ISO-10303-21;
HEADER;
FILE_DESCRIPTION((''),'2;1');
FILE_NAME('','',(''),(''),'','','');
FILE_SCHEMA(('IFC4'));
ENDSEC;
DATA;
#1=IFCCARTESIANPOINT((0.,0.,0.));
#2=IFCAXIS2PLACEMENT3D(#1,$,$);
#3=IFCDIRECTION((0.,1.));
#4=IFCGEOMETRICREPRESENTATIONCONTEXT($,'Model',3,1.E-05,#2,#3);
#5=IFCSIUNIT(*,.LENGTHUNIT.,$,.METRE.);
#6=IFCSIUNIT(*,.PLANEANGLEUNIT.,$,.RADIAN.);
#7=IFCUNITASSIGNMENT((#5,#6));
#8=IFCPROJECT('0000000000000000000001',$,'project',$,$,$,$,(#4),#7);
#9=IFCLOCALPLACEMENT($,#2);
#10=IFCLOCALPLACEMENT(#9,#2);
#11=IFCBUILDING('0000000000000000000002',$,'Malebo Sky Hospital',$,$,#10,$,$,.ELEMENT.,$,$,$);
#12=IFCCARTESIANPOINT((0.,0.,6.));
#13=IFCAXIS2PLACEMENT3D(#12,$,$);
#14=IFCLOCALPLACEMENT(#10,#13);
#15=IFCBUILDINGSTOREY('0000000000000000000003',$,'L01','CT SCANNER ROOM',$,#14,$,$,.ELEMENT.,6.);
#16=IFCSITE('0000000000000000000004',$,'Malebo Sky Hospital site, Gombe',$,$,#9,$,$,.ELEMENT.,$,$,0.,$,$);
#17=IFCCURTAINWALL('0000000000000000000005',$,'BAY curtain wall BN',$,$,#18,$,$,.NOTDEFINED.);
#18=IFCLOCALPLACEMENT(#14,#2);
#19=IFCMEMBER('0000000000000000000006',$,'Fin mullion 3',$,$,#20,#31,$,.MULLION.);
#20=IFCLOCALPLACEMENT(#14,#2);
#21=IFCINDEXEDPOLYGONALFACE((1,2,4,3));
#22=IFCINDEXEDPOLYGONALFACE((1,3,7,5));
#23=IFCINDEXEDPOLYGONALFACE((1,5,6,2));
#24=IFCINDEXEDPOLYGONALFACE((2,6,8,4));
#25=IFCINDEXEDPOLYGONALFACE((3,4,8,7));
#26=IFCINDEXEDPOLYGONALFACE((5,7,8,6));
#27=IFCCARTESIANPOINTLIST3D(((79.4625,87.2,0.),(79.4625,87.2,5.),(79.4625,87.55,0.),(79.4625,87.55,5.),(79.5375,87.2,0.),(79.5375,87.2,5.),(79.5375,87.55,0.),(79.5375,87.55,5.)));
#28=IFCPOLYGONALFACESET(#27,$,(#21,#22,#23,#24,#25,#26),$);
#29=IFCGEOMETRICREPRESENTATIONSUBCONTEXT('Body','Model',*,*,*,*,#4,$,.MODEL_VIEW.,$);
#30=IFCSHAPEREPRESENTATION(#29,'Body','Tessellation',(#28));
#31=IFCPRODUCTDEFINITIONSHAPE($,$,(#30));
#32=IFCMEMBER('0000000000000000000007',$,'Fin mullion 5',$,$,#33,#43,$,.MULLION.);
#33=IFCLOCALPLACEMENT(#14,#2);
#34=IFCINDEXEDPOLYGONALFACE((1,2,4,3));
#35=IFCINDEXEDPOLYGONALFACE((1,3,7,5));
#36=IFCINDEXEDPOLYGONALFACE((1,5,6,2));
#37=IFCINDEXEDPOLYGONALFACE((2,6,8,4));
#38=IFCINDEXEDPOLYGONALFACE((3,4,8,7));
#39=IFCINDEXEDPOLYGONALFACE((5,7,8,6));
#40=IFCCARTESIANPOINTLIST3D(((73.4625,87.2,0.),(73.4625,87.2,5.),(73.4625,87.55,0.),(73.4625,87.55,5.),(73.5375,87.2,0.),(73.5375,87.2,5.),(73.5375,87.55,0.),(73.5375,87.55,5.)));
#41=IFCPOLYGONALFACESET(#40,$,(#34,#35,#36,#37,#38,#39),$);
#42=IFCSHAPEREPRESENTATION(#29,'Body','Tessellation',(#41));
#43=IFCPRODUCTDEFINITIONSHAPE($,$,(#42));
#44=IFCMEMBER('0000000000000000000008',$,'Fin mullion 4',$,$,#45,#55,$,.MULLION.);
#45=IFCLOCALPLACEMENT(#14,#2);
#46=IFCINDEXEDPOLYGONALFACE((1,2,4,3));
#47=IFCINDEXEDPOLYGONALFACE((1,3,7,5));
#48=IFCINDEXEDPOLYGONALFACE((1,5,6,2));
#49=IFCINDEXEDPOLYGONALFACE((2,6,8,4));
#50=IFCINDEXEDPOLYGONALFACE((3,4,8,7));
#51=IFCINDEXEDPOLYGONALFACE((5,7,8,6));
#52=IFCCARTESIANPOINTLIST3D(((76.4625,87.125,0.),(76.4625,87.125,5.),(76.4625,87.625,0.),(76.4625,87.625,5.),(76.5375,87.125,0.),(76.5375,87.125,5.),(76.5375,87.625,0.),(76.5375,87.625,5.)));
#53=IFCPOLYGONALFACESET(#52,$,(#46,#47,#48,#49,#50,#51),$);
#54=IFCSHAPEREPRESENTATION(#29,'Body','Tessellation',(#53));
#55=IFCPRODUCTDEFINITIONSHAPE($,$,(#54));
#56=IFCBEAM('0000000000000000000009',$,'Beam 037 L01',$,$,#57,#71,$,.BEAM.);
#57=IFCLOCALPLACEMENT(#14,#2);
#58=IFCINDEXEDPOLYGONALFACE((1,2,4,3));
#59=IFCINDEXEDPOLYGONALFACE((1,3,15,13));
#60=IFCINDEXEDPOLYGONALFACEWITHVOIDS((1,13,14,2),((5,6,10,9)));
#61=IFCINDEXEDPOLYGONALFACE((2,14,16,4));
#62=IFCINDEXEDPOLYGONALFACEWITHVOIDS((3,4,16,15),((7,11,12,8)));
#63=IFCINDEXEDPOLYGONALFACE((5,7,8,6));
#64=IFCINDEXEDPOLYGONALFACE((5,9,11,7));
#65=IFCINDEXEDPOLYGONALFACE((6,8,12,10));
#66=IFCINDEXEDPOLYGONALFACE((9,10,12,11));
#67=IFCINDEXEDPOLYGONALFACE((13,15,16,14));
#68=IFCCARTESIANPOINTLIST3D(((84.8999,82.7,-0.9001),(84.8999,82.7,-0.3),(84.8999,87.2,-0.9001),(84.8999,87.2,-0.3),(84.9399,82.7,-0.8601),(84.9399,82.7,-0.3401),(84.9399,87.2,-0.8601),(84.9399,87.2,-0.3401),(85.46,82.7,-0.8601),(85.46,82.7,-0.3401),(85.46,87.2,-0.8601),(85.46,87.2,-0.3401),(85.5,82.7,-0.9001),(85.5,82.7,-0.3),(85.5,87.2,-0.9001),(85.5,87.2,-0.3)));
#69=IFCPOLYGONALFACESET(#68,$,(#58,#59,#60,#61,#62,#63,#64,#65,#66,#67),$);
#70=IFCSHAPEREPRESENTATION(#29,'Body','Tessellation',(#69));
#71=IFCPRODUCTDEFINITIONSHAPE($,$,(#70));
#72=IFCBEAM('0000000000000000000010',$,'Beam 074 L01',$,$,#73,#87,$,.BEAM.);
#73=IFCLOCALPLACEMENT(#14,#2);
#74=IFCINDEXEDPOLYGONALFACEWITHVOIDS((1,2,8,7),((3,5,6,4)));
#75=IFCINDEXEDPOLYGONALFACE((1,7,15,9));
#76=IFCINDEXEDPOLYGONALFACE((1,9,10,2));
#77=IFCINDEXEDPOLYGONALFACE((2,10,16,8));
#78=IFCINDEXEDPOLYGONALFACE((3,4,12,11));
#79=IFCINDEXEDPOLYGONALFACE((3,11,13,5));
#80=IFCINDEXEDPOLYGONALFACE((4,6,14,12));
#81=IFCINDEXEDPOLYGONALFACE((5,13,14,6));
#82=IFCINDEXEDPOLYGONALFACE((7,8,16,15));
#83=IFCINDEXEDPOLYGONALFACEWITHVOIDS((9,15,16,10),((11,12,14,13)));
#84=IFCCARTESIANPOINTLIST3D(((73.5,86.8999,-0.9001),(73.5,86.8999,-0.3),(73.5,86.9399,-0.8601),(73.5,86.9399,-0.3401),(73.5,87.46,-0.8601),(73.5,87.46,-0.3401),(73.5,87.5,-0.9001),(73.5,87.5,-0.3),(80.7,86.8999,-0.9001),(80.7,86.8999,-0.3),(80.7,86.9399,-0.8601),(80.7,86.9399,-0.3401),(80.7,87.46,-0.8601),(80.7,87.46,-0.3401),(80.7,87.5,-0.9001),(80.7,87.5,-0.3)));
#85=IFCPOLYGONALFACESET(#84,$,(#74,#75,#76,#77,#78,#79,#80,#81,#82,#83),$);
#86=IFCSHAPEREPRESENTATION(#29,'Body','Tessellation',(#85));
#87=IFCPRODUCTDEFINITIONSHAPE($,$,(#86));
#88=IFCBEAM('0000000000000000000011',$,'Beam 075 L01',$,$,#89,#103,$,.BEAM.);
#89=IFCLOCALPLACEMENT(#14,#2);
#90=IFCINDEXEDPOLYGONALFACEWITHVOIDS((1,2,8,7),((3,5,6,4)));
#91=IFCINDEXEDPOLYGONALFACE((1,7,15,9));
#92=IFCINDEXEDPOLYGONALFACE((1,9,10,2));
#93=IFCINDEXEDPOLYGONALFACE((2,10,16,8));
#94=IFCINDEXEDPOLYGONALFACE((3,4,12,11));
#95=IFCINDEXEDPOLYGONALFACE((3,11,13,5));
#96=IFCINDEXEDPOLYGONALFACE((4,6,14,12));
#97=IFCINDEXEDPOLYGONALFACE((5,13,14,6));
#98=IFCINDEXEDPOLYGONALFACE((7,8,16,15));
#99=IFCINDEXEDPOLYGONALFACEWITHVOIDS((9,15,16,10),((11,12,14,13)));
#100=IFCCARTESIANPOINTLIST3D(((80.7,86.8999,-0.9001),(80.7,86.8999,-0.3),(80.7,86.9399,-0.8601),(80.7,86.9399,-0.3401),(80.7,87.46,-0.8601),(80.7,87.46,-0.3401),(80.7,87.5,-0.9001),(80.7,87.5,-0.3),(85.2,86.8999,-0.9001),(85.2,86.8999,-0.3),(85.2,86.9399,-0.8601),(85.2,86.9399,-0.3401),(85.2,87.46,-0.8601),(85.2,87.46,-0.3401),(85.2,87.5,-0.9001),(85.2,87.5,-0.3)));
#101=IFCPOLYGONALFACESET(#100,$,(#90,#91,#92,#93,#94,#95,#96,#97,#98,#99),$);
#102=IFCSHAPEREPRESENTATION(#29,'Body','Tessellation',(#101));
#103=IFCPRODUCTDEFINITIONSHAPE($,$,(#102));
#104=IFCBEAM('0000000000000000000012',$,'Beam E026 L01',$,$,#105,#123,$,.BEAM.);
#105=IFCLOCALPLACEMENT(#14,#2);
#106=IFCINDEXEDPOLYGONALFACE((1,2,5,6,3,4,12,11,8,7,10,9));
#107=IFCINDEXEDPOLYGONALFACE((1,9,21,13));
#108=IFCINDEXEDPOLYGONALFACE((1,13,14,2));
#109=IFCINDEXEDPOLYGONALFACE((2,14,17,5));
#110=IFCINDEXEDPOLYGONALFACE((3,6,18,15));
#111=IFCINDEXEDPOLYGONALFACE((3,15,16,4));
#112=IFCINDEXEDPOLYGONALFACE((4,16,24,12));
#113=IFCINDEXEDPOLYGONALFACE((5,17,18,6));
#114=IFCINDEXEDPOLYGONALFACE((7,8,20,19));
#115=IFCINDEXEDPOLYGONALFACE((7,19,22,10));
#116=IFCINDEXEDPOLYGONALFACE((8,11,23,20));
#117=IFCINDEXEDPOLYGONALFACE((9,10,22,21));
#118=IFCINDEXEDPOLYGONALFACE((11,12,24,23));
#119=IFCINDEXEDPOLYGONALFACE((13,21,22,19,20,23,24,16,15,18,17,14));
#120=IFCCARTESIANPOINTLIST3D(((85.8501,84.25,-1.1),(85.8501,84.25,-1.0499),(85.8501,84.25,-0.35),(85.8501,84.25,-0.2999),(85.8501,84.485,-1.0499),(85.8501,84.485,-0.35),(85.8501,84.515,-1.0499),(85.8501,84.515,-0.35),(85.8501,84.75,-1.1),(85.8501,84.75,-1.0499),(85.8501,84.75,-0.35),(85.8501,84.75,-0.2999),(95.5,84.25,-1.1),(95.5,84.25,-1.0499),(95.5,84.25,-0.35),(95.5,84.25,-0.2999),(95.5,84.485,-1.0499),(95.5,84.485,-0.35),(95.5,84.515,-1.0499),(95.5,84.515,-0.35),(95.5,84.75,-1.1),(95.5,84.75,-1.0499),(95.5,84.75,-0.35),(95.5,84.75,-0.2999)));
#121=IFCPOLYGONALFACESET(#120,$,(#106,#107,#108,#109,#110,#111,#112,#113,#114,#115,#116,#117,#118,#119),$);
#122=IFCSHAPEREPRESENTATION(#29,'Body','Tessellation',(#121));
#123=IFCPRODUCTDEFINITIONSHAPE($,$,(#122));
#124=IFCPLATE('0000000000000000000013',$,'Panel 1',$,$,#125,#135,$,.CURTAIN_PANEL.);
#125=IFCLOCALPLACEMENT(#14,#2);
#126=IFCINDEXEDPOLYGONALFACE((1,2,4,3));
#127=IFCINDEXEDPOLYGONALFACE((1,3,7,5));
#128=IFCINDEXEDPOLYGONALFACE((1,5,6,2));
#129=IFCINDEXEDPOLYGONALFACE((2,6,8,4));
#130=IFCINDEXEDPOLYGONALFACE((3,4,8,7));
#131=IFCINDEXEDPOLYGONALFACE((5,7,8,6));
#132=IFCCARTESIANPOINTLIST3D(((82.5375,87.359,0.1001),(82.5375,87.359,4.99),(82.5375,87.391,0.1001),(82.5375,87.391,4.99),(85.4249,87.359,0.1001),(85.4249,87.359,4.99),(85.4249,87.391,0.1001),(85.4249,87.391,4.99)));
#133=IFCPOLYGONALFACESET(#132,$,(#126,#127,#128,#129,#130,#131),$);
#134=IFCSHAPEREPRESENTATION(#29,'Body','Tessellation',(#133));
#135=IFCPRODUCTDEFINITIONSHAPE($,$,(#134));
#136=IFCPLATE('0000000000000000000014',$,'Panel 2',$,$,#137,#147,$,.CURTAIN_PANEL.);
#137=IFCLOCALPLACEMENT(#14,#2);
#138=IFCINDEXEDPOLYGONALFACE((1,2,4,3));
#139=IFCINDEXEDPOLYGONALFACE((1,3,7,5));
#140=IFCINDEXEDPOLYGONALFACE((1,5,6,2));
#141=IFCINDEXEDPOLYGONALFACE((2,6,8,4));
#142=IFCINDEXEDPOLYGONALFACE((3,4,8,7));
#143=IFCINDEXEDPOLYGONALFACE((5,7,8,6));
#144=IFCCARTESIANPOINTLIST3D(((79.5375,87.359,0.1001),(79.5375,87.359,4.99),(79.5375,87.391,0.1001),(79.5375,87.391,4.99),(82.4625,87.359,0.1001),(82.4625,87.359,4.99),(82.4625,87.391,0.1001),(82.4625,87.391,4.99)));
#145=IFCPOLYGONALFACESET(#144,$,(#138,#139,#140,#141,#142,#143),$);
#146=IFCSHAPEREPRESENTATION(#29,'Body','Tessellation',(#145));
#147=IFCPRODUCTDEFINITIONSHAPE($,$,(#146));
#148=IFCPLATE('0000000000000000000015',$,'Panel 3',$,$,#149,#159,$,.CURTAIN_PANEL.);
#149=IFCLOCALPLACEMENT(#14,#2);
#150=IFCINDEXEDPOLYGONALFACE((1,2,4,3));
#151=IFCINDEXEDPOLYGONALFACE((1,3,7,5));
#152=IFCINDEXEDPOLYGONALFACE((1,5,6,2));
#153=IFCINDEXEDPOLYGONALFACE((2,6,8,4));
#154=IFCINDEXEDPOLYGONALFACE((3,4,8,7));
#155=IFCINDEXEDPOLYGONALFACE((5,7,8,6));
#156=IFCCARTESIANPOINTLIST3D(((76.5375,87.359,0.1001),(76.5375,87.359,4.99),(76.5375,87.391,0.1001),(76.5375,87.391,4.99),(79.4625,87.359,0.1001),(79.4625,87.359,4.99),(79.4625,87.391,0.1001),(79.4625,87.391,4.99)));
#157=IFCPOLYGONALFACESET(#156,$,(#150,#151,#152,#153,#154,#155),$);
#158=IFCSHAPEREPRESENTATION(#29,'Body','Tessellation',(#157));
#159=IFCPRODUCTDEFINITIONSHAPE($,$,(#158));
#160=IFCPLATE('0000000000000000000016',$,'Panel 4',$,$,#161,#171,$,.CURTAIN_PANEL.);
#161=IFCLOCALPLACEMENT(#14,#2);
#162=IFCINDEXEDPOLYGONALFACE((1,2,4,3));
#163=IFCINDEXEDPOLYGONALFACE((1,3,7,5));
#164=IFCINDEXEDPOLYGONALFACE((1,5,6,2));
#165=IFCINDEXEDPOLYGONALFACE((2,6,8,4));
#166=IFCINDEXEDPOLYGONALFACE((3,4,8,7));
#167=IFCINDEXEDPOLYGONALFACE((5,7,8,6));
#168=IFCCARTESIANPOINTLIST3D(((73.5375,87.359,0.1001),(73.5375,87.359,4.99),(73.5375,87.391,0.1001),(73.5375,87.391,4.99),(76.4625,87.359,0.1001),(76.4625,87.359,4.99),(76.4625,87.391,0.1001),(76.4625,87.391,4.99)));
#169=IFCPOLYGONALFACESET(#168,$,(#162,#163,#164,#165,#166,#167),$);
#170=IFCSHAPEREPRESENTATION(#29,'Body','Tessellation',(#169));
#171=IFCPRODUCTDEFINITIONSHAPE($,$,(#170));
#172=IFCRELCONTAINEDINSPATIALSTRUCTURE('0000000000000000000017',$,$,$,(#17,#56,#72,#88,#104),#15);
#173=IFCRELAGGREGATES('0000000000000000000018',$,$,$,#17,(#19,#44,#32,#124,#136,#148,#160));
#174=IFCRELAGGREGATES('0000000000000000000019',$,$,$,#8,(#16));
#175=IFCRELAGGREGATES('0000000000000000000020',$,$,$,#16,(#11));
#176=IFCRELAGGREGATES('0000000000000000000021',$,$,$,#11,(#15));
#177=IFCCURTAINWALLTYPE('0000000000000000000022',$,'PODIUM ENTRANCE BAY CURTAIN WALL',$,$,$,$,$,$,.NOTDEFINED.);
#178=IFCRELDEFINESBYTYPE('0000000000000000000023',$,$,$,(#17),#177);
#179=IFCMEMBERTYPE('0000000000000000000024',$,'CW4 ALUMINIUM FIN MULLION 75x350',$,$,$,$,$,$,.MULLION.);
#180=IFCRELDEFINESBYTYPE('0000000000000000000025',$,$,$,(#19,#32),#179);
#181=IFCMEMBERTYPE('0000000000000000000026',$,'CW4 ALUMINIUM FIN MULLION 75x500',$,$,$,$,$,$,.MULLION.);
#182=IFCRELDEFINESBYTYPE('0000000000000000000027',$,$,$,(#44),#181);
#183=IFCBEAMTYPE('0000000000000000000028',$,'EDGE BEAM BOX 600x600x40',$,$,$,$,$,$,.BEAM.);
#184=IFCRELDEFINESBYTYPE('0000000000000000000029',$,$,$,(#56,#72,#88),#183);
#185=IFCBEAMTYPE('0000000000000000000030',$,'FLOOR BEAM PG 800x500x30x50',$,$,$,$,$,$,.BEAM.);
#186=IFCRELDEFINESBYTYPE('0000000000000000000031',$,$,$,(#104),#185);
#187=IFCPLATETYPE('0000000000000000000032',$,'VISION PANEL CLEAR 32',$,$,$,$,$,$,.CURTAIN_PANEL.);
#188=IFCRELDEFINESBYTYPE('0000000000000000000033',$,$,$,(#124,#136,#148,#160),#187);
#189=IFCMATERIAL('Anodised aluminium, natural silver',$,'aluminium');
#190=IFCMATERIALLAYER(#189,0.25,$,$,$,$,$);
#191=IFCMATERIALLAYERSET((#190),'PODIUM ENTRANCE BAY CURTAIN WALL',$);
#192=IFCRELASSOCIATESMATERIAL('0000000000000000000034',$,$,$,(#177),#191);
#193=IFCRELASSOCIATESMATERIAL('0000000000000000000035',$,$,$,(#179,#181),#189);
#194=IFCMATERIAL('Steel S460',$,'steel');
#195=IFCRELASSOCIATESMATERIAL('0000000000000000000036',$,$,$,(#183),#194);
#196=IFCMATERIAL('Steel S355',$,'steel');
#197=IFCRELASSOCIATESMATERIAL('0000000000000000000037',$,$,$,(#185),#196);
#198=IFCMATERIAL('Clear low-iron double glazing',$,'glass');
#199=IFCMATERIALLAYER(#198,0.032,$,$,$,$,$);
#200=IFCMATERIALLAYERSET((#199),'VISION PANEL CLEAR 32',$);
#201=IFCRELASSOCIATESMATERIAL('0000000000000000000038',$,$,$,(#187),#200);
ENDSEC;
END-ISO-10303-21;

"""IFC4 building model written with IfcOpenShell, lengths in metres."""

from ifc_helpers import new_model, si_unit, direction, frame, origin, origin_2d, place, context, subcontext, project, spatial, rectangle, hollow_rectangle, i_section, extrude, material, layer, layer_set, material_profile, profile_set, type_object, element, aggregate, save


model = new_model("IFC4")

# Units and contexts
model_context = context("Model", 3, precision=1e-05, world=origin(), true_north=direction((0.0, 1.0)))
body_context = subcontext(model_context, "Body", "Model", "MODEL_VIEW")
ifc_project = project(units=[si_unit("LENGTHUNIT", "METRE"), si_unit("PLANEANGLEUNIT", "RADIAN")], contexts=[model_context])

# Site, building, storey
site_placement = place(None, origin())
site = spatial("IfcSite", under=ifc_project, at=site_placement, Name="Malebo Sky Hospital site, Gombe", CompositionType="ELEMENT", RefElevation=0.0)
building_placement = place(site_placement, origin())
building = spatial("IfcBuilding", under=site, at=building_placement, Name="Malebo Sky Hospital", CompositionType="ELEMENT")
storey_placement = place(building_placement, frame((0.0, 0.0, 6.0)))
storey = spatial("IfcBuildingStorey", under=building, at=storey_placement, Name="L01", Description="CT SCANNER ROOM", CompositionType="ELEMENT", Elevation=6.0)

# Shared definitions
ifc_material_1 = material(Name="Steel S460", Category="steel")

# Curtain wall
ifc_material_2 = material(Name="Anodised aluminium, natural silver", Category="aluminium")
ifc_layer_1 = layer(ifc_material_2, 0.25)
ifc_layer_set_1 = layer_set([ifc_layer_1], Name="PODIUM ENTRANCE BAY CURTAIN WALL")
curtain_wall_type_1 = type_object("IfcCurtainWallType", Name="PODIUM ENTRANCE BAY CURTAIN WALL", PredefinedType="NOTDEFINED", material=ifc_layer_set_1)
curtain_wall_1_placement = place(storey_placement, origin())
curtain_wall_1 = element("IfcCurtainWall", 1, at=curtain_wall_1_placement, inside=storey, type_object=curtain_wall_type_1, Name="BAY curtain wall BN", PredefinedType="NOTDEFINED")

# Members
ifc_material_profile_1 = material_profile(ifc_material_2, rectangle(XDim=0.075, YDim=0.3501, at=origin_2d()), Name="CW4 ALUMINIUM FIN MULLION 75x350")
ifc_profile_set_1 = profile_set([ifc_material_profile_1], Name="Anodised aluminium, natural silver")
member_type_1 = type_object("IfcMemberType", Name="CW4 ALUMINIUM FIN MULLION 75x350", PredefinedType="MULLION", material=ifc_profile_set_1)
member_1_placement = place(storey_placement, frame((79.5, 87.375, 0.0), z_axis=(0.0, 0.0, 1.0), x_axis=(-1.0, 0.0, 0.0)))
member_1 = element("IfcMember", 2, at=member_1_placement, type_object=member_type_1, Name="Fin mullion 3", PredefinedType="MULLION", context=body_context, shape_type="SweptSolid", body=[
    extrude(rectangle(XDim=0.075, YDim=0.3501, at=origin_2d()), origin(), (0.0, 0.0, 1.0), 5.0),
])
member_2_placement = place(storey_placement, frame((73.5, 87.375, 0.0), z_axis=(0.0, 0.0, 1.0), x_axis=(-1.0, 0.0, 0.0)))
member_2 = element("IfcMember", 3, at=member_2_placement, type_object=member_type_1, Name="Fin mullion 5", PredefinedType="MULLION", context=body_context, shape_type="SweptSolid", body=[
    extrude(rectangle(XDim=0.075, YDim=0.3501, at=origin_2d()), origin(), (0.0, 0.0, 1.0), 5.0),
])
ifc_material_profile_2 = material_profile(ifc_material_2, rectangle(XDim=0.075, YDim=0.5, at=origin_2d()), Name="CW4 ALUMINIUM FIN MULLION 75x500")
ifc_profile_set_2 = profile_set([ifc_material_profile_2], Name="Anodised aluminium, natural silver")
member_type_2 = type_object("IfcMemberType", Name="CW4 ALUMINIUM FIN MULLION 75x500", PredefinedType="MULLION", material=ifc_profile_set_2)
member_3_placement = place(storey_placement, frame((76.5, 87.375, 0.0), z_axis=(0.0, 0.0, 1.0), x_axis=(-1.0, 0.0, 0.0)))
member_3 = element("IfcMember", 4, at=member_3_placement, type_object=member_type_2, Name="Fin mullion 4", PredefinedType="MULLION", context=body_context, shape_type="SweptSolid", body=[
    extrude(rectangle(XDim=0.075, YDim=0.5, at=origin_2d()), origin(), (0.0, 0.0, 1.0), 5.0),
])

# Beams
ifc_material_profile_3 = material_profile(ifc_material_1, hollow_rectangle(XDim=0.6001, YDim=0.6001, WallThickness=0.04, at=origin_2d()), Name="BOX 600x600x40")
ifc_profile_set_3 = profile_set([ifc_material_profile_3], Name="Steel S460")
beam_type_1 = type_object("IfcBeamType", Name="EDGE BEAM BOX 600x600x40", PredefinedType="BEAM", material=ifc_profile_set_3)
beam_1_placement = place(storey_placement, frame((85.2, 82.7, -0.6001), z_axis=(0.0, 1.0, 0.0), x_axis=(-1.0, 0.0, 0.0)))
element("IfcBeam", 5, at=beam_1_placement, inside=storey, type_object=beam_type_1, Name="Beam 037 L01", PredefinedType="BEAM", context=body_context, shape_type="SweptSolid", body=[
    extrude(hollow_rectangle(XDim=0.6001, YDim=0.6001, WallThickness=0.04, at=origin_2d()), origin(), (0.0, 0.0, 1.0), 4.5),
])
beam_2_placement = place(storey_placement, frame((73.5, 87.2, -0.6001), z_axis=(1.0, 0.0, 0.0), x_axis=(0.0, 1.0, 0.0)))
element("IfcBeam", 6, at=beam_2_placement, inside=storey, type_object=beam_type_1, Name="Beam 074 L01", PredefinedType="BEAM", context=body_context, shape_type="SweptSolid", body=[
    extrude(hollow_rectangle(XDim=0.6001, YDim=0.6001, WallThickness=0.04, at=origin_2d()), origin(), (0.0, 0.0, 1.0), 7.2),
])
beam_3_placement = place(storey_placement, frame((80.7, 87.2, -0.6001), z_axis=(1.0, 0.0, 0.0), x_axis=(0.0, 1.0, 0.0)))
element("IfcBeam", 7, at=beam_3_placement, inside=storey, type_object=beam_type_1, Name="Beam 075 L01", PredefinedType="BEAM", context=body_context, shape_type="SweptSolid", body=[
    extrude(hollow_rectangle(XDim=0.6001, YDim=0.6001, WallThickness=0.04, at=origin_2d()), origin(), (0.0, 0.0, 1.0), 4.5),
])
ifc_material_3 = material(Name="Steel S355", Category="steel")
ifc_material_profile_4 = material_profile(ifc_material_3, i_section(OverallWidth=0.5, OverallDepth=0.8, WebThickness=0.03, FlangeThickness=0.05, at=origin_2d()), Name="PG 800x500x30x50")
ifc_profile_set_4 = profile_set([ifc_material_profile_4], Name="Steel S355")
beam_type_2 = type_object("IfcBeamType", Name="FLOOR BEAM PG 800x500x30x50", PredefinedType="BEAM", material=ifc_profile_set_4)
beam_4_placement = place(storey_placement, frame((85.8501, 84.5, -0.7), z_axis=(1.0, 0.0, 0.0), x_axis=(0.0, 1.0, 0.0)))
element("IfcBeam", 8, at=beam_4_placement, inside=storey, type_object=beam_type_2, Name="Beam E026 L01", PredefinedType="BEAM", context=body_context, shape_type="SweptSolid", body=[
    extrude(i_section(OverallWidth=0.5, OverallDepth=0.8, WebThickness=0.03, FlangeThickness=0.05, at=origin_2d()), origin(), (0.0, 0.0, 1.0), 9.6499),
])

# Plates
ifc_material_4 = material(Name="Clear low-iron double glazing", Category="glass")
ifc_layer_2 = layer(ifc_material_4, 0.032)
ifc_layer_set_2 = layer_set([ifc_layer_2], Name="VISION PANEL CLEAR 32")
plate_type = type_object("IfcPlateType", Name="VISION PANEL CLEAR 32", PredefinedType="CURTAIN_PANEL", material=ifc_layer_set_2)
plate_1_placement = place(storey_placement, frame((83.9812, 87.375, 0.1001), z_axis=(0.0, 0.0, 1.0), x_axis=(-1.0, 0.0, 0.0)))
plate_1 = element("IfcPlate", 9, at=plate_1_placement, type_object=plate_type, Name="Panel 1", PredefinedType="CURTAIN_PANEL", context=body_context, shape_type="SweptSolid", body=[
    extrude(rectangle(XDim=2.8875, YDim=0.032, at=origin_2d()), origin(), (0.0, 0.0, 1.0), 4.8899),
])
plate_2_placement = place(storey_placement, frame((81.0, 87.375, 0.1001), z_axis=(0.0, 0.0, 1.0), x_axis=(-1.0, 0.0, 0.0)))
plate_2 = element("IfcPlate", 10, at=plate_2_placement, type_object=plate_type, Name="Panel 2", PredefinedType="CURTAIN_PANEL", context=body_context, shape_type="SweptSolid", body=[
    extrude(rectangle(XDim=2.925, YDim=0.032, at=origin_2d()), origin(), (0.0, 0.0, 1.0), 4.8899),
])
plate_3_placement = place(storey_placement, frame((78.0, 87.375, 0.1001), z_axis=(0.0, 0.0, 1.0), x_axis=(-1.0, 0.0, 0.0)))
plate_3 = element("IfcPlate", 11, at=plate_3_placement, type_object=plate_type, Name="Panel 3", PredefinedType="CURTAIN_PANEL", context=body_context, shape_type="SweptSolid", body=[
    extrude(rectangle(XDim=2.925, YDim=0.032, at=origin_2d()), origin(), (0.0, 0.0, 1.0), 4.8899),
])
plate_4_placement = place(storey_placement, frame((75.0, 87.375, 0.1001), z_axis=(0.0, 0.0, 1.0), x_axis=(-1.0, 0.0, 0.0)))
plate_4 = element("IfcPlate", 12, at=plate_4_placement, type_object=plate_type, Name="Panel 4", PredefinedType="CURTAIN_PANEL", context=body_context, shape_type="SweptSolid", body=[
    extrude(rectangle(XDim=2.925, YDim=0.032, at=origin_2d()), origin(), (0.0, 0.0, 1.0), 4.8899),
])
aggregate(curtain_wall_1, [member_1, member_3, member_2, plate_1, plate_2, plate_3, plate_4])

save(model, "model.ifc")
